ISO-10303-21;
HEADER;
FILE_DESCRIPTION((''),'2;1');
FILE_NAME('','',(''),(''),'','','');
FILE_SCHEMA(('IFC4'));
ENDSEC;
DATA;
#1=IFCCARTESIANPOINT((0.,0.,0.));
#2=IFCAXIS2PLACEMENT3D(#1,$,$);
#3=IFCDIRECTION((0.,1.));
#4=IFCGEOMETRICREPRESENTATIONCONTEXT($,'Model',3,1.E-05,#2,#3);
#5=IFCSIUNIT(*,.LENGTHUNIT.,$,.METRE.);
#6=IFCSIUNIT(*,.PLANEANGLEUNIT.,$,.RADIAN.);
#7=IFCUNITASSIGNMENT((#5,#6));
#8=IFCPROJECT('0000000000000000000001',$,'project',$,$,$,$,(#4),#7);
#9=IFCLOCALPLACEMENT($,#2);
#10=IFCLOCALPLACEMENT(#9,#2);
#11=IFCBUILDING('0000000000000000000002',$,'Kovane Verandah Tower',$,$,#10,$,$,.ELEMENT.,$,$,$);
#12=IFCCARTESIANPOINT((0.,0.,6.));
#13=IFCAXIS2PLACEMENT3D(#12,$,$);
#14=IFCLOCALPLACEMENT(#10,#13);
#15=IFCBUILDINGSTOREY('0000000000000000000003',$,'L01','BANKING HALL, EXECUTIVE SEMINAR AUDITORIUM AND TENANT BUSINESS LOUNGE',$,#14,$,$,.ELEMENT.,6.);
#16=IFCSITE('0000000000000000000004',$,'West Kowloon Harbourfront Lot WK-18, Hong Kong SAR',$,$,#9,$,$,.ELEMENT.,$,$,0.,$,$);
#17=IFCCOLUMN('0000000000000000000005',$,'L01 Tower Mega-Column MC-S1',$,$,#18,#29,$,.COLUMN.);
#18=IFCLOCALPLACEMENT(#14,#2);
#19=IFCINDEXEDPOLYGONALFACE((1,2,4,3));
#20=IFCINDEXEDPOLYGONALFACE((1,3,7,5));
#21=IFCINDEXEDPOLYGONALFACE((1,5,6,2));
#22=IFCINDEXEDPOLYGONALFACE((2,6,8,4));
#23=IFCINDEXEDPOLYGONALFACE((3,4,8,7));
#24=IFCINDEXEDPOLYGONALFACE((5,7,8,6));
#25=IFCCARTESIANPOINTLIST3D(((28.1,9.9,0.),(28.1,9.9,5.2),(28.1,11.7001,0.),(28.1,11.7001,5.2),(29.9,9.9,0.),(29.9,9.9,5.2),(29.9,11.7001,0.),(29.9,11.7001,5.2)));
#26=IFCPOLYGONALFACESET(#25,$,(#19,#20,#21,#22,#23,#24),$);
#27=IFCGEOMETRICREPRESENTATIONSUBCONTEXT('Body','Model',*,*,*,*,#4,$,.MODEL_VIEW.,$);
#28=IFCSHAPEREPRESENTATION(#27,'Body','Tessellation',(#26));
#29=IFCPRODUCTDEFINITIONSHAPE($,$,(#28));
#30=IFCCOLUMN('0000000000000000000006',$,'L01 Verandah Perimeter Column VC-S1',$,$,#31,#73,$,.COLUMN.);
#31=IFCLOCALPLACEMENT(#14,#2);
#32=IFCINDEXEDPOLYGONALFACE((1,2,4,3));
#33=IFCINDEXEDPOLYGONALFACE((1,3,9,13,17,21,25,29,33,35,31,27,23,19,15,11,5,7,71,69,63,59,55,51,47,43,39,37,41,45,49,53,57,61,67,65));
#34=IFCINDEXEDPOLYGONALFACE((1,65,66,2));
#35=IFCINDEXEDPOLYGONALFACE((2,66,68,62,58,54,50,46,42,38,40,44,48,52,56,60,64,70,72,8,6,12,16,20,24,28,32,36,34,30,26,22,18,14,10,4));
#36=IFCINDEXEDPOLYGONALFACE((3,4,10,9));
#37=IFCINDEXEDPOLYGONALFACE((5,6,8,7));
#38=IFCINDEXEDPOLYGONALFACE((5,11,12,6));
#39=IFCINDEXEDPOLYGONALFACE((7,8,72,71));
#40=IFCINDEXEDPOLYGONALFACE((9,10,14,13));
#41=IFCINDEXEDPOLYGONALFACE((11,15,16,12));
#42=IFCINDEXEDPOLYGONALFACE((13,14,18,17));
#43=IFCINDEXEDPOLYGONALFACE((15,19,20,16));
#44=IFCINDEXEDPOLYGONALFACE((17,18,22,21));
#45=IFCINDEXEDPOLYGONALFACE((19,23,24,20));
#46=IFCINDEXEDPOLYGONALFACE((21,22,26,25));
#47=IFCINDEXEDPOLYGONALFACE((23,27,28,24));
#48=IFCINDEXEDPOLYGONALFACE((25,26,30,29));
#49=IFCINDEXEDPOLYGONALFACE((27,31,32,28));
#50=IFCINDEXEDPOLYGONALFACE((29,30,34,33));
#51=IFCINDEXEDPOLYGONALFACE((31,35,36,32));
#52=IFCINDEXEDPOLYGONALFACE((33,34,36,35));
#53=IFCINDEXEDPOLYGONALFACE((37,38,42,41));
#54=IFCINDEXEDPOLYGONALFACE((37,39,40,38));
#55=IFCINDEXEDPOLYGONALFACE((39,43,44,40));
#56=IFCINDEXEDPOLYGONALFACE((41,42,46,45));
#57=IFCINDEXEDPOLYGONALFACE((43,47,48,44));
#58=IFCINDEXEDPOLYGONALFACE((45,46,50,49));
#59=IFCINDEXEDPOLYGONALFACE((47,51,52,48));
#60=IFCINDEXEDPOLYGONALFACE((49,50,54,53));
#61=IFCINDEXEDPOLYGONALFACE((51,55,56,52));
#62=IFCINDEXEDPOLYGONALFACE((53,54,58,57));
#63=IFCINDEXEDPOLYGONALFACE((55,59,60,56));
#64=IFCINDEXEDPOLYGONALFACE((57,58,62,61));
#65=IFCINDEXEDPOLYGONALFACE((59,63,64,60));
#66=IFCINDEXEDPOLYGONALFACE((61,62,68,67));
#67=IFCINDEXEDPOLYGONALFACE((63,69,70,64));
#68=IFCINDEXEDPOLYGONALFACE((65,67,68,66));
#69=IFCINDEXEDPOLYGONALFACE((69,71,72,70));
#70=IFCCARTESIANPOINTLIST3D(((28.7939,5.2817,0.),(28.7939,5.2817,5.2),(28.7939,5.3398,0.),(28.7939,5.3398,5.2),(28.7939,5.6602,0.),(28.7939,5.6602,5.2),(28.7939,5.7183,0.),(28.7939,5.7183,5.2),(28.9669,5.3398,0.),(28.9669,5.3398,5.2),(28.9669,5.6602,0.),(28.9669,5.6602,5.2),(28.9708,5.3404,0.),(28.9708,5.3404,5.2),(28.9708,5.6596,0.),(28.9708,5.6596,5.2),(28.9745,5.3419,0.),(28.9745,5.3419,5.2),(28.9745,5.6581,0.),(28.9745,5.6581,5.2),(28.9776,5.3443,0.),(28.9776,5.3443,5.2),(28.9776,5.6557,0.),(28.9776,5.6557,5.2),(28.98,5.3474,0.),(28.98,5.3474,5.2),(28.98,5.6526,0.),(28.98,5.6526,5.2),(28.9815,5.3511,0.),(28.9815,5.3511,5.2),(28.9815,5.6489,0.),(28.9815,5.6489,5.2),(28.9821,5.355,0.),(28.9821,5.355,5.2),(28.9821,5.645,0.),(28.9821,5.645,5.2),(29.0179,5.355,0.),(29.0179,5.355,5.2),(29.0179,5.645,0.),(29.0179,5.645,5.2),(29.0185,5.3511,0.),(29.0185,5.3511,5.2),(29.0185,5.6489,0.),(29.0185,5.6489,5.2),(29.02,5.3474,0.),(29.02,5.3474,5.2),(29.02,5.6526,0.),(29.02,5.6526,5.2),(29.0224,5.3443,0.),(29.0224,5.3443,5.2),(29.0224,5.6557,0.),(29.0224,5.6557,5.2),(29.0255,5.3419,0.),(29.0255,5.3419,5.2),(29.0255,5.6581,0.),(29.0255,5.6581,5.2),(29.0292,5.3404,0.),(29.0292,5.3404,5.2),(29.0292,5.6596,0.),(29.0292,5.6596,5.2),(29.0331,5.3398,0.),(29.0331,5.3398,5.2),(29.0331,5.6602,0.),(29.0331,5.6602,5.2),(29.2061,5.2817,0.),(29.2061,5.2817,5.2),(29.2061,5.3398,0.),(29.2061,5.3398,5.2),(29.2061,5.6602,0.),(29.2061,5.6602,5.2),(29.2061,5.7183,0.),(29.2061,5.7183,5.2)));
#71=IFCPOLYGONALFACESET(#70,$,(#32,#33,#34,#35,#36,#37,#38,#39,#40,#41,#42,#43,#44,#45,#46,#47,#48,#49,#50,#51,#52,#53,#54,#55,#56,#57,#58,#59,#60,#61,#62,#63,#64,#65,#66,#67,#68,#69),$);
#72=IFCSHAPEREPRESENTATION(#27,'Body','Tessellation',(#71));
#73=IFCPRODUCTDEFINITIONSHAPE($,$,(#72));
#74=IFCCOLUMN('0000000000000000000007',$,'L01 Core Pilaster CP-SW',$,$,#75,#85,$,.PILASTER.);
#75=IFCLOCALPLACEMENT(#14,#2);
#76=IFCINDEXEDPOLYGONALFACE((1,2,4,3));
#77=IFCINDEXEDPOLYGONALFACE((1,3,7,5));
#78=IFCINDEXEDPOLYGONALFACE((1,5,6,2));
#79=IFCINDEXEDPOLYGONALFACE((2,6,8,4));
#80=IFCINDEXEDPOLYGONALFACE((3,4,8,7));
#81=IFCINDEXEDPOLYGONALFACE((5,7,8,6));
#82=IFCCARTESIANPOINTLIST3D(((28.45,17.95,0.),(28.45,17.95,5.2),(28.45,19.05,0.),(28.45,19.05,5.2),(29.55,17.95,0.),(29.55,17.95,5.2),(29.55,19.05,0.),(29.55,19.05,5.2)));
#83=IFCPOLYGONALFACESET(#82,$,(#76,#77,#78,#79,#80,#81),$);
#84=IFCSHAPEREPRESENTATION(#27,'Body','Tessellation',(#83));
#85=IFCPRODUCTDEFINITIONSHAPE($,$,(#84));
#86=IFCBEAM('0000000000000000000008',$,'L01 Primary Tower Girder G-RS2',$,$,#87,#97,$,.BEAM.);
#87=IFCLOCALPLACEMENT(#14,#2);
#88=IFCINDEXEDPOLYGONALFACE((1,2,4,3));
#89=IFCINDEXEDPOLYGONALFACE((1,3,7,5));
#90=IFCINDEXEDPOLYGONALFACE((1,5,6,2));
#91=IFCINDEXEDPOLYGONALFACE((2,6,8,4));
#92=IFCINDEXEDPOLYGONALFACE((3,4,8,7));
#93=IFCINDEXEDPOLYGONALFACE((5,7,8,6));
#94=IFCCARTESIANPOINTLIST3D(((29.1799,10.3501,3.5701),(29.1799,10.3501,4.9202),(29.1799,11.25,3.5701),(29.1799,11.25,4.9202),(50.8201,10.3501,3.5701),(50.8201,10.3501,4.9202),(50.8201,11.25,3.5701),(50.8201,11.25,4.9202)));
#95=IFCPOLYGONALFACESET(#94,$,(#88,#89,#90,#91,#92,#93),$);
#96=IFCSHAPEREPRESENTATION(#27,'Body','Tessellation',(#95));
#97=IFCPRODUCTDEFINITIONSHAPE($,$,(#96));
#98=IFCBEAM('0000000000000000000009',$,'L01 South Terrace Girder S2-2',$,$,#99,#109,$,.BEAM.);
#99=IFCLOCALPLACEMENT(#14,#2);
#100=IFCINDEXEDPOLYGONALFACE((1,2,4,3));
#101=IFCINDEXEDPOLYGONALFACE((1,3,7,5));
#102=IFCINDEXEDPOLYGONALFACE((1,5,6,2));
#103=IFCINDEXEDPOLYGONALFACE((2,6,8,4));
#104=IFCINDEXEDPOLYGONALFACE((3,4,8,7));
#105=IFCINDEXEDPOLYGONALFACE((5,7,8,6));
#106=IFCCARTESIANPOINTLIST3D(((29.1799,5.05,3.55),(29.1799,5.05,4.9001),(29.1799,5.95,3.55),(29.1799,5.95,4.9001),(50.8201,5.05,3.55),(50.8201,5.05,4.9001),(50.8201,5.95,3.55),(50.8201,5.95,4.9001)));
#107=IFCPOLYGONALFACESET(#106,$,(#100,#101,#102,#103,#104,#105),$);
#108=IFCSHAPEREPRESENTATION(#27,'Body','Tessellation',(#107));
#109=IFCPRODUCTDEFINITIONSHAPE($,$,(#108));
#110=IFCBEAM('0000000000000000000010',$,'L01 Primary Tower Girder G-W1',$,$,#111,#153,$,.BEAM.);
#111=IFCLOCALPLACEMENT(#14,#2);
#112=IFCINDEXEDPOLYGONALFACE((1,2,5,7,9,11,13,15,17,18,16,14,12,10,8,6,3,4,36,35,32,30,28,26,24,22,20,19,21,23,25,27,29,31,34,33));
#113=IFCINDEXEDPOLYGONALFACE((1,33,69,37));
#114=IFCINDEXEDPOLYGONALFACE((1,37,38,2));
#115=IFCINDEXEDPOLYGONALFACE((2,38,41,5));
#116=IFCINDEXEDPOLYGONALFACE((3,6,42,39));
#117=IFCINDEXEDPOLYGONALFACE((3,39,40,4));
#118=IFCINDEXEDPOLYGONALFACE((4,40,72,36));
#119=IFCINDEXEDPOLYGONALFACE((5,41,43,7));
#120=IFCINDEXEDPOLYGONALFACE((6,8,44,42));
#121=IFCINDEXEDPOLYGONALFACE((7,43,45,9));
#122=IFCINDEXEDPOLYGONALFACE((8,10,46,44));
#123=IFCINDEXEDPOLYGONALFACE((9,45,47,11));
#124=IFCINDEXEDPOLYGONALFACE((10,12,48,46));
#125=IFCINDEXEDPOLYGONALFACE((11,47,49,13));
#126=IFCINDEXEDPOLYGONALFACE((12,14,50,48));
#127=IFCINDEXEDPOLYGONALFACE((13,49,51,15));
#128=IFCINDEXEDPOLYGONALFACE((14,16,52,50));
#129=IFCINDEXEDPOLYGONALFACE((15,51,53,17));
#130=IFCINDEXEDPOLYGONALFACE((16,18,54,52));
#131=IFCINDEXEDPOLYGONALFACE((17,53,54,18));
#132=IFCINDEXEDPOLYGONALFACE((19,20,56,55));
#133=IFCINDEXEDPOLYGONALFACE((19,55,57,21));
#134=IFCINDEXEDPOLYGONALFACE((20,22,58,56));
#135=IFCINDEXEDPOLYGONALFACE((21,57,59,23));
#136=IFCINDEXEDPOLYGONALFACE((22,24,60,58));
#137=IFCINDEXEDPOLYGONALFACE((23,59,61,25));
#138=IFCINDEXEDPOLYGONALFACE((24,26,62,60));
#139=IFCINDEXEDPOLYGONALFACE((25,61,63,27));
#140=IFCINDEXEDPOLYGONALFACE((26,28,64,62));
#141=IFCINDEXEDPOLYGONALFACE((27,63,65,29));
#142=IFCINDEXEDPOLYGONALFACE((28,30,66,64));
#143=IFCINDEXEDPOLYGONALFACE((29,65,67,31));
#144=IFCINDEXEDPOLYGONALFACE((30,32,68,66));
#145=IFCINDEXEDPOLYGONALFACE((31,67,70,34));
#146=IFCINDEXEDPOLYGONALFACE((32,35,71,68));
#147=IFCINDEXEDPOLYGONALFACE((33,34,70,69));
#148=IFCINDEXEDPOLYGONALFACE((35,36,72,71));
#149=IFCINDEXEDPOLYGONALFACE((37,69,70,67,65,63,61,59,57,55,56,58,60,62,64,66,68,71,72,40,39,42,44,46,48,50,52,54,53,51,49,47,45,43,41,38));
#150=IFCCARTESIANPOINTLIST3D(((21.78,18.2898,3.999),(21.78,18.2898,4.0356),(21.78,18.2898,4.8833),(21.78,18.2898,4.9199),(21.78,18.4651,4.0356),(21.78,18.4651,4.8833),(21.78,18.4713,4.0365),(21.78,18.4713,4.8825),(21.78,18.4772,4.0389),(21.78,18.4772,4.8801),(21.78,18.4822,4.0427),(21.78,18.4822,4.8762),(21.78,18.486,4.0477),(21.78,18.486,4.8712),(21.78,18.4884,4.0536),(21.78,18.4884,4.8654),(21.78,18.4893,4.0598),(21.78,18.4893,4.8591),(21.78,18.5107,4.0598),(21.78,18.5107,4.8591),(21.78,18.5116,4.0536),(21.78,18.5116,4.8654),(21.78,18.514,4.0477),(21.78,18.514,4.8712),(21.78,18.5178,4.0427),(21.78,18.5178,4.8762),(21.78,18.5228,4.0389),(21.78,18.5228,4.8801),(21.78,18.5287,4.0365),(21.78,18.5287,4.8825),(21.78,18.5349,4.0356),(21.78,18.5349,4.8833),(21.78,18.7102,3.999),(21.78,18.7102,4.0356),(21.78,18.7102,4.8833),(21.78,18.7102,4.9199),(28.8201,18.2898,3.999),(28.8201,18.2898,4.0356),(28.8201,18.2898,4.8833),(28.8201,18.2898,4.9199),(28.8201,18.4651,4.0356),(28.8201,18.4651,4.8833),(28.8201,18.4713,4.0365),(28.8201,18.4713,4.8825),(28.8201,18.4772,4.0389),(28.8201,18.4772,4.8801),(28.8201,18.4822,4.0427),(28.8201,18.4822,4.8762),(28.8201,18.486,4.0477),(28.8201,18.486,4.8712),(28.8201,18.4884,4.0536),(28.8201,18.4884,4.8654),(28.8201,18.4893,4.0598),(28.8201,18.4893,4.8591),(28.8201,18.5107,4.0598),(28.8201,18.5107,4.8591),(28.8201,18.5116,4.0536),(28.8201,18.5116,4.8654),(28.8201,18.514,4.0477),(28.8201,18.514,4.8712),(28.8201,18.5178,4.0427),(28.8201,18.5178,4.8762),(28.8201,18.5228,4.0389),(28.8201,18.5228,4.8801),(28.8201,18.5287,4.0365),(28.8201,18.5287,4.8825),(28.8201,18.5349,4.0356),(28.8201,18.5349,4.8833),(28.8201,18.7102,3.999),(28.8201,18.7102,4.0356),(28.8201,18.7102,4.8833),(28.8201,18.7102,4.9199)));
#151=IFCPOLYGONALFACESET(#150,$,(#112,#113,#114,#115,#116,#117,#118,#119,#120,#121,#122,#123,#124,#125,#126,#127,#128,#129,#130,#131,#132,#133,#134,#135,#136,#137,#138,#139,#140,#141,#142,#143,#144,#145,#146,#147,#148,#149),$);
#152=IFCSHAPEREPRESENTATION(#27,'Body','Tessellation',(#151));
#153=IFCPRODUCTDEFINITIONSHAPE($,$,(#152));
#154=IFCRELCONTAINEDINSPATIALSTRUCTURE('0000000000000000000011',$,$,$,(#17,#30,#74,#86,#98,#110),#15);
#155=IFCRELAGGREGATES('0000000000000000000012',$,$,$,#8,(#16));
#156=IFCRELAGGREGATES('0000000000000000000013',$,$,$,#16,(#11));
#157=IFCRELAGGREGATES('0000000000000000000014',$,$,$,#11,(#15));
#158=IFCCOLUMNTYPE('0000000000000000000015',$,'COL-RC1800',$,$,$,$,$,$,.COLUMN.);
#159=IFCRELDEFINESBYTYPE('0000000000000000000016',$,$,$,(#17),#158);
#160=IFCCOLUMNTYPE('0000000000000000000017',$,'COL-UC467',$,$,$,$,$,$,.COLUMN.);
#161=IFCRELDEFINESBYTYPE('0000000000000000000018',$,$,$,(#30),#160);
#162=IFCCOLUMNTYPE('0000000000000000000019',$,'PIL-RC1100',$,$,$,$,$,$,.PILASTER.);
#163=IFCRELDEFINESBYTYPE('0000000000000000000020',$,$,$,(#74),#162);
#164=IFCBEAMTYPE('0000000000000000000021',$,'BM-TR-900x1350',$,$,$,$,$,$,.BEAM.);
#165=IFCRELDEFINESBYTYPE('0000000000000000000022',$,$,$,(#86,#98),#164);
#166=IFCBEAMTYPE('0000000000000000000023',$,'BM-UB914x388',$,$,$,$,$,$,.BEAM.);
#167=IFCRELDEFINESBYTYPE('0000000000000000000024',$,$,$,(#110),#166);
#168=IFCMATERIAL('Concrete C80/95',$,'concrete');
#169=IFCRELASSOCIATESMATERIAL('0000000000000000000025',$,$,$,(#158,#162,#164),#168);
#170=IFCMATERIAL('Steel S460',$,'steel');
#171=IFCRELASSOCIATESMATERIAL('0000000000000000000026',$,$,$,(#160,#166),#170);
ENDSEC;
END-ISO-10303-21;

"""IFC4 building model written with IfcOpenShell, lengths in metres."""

from ifc_helpers import new_model, si_unit, direction, frame, origin, origin_2d, place, context, subcontext, project, spatial, rectangle, i_section, extrude, material, material_profile, profile_set, type_object, element, save


model = new_model("IFC4")

# Units and contexts
model_context = context("Model", 3, precision=1e-05, world=origin(), true_north=direction((0.0, 1.0)))
body_context = subcontext(model_context, "Body", "Model", "MODEL_VIEW")
ifc_project = project(units=[si_unit("LENGTHUNIT", "METRE"), si_unit("PLANEANGLEUNIT", "RADIAN")], contexts=[model_context])

# Site, building, storey
site_placement = place(None, origin())
site = spatial("IfcSite", under=ifc_project, at=site_placement, Name="West Kowloon Harbourfront Lot WK-18, Hong Kong SAR", CompositionType="ELEMENT", RefElevation=0.0)
building_placement = place(site_placement, origin())
building = spatial("IfcBuilding", under=site, at=building_placement, Name="Kovane Verandah Tower", CompositionType="ELEMENT")
storey_placement = place(building_placement, frame((0.0, 0.0, 6.0)))
storey = spatial("IfcBuildingStorey", under=building, at=storey_placement, Name="L01", Description="BANKING HALL, EXECUTIVE SEMINAR AUDITORIUM AND TENANT BUSINESS LOUNGE", CompositionType="ELEMENT", Elevation=6.0)

# Columns
ifc_material_1 = material(Name="Concrete C80/95", Category="concrete")
ifc_material_profile_1 = material_profile(ifc_material_1, rectangle(XDim=1.8, YDim=1.8, at=origin_2d()), Name="RC1800x1800")
ifc_profile_set_1 = profile_set([ifc_material_profile_1], Name="Concrete C80/95")
column_type_1 = type_object("IfcColumnType", Name="COL-RC1800", PredefinedType="COLUMN", material=ifc_profile_set_1)
column_1_placement = place(storey_placement, frame((29.0, 10.8, 0.0), z_axis=(0.0, 0.0, 1.0), x_axis=(1.0, 0.0, 0.0)))
element("IfcColumn", 1, at=column_1_placement, inside=storey, type_object=column_type_1, Name="L01 Tower Mega-Column MC-S1", PredefinedType="COLUMN", context=body_context, shape_type="SweptSolid", body=[
    extrude(rectangle(XDim=1.8, YDim=1.8, at=origin_2d()), origin(), (0.0, 0.0, 1.0), 5.2),
])
ifc_material_2 = material(Name="Steel S460", Category="steel")
ifc_material_profile_2 = material_profile(ifc_material_2, i_section(OverallWidth=0.4121, OverallDepth=0.4365, WebThickness=0.0359, FlangeThickness=0.0581, FilletRadius=0.0151, at=origin_2d()), Name="UC356x406x467")
ifc_profile_set_2 = profile_set([ifc_material_profile_2], Name="Steel S460")
column_type_2 = type_object("IfcColumnType", Name="COL-UC467", PredefinedType="COLUMN", material=ifc_profile_set_2)
column_2_placement = place(storey_placement, frame((29.0, 5.5, 0.0), z_axis=(0.0, 0.0, 1.0), x_axis=(1.0, 0.0, 0.0)))
element("IfcColumn", 2, at=column_2_placement, inside=storey, type_object=column_type_2, Name="L01 Verandah Perimeter Column VC-S1", PredefinedType="COLUMN", context=body_context, shape_type="SweptSolid", body=[
    extrude(i_section(OverallWidth=0.4121, OverallDepth=0.4365, WebThickness=0.0359, FlangeThickness=0.0581, FilletRadius=0.0151, at=origin_2d()), origin(), (0.0, 0.0, 1.0), 5.2),
])
ifc_material_profile_3 = material_profile(ifc_material_1, rectangle(XDim=1.1001, YDim=1.1001, at=origin_2d()), Name="RC1100x1100")
ifc_profile_set_3 = profile_set([ifc_material_profile_3], Name="Concrete C80/95")
column_type_3 = type_object("IfcColumnType", Name="PIL-RC1100", PredefinedType="PILASTER", material=ifc_profile_set_3)
column_3_placement = place(storey_placement, frame((29.0, 18.5, 0.0), z_axis=(0.0, 0.0, 1.0), x_axis=(1.0, 0.0, 0.0)))
element("IfcColumn", 3, at=column_3_placement, inside=storey, type_object=column_type_3, Name="L01 Core Pilaster CP-SW", PredefinedType="PILASTER", context=body_context, shape_type="SweptSolid", body=[
    extrude(rectangle(XDim=1.1001, YDim=1.1001, at=origin_2d()), origin(), (0.0, 0.0, 1.0), 5.2),
])

# Beams
ifc_material_profile_4 = material_profile(ifc_material_1, rectangle(XDim=0.8999, YDim=1.3501, at=origin_2d()), Name="RCB900x1350")
ifc_profile_set_4 = profile_set([ifc_material_profile_4], Name="Concrete C80/95")
beam_type_1 = type_object("IfcBeamType", Name="BM-TR-900x1350", PredefinedType="BEAM", material=ifc_profile_set_4)
for number, where, z_axis, x_axis, name in (
    (4, (29.1799, 10.8, 4.2451), (1.0, 0.0, 0.0), (0.0, 1.0, 0.0), "L01 Primary Tower Girder G-RS2"),
    (5, (29.1799, 5.5, 4.2251), (1.0, 0.0, 0.0), (0.0, 1.0, 0.0), "L01 South Terrace Girder S2-2"),
):
    element("IfcBeam", number, at=place(storey_placement, frame(where, z_axis=z_axis, x_axis=x_axis)), inside=storey, type_object=beam_type_1, Name=name, PredefinedType="BEAM", context=body_context, shape_type="SweptSolid", body=[
        extrude(rectangle(XDim=0.8999, YDim=1.3501, at=origin_2d()), origin(), (0.0, 0.0, 1.0), 21.6401),
    ])
ifc_material_profile_5 = material_profile(ifc_material_2, i_section(OverallWidth=0.4204, OverallDepth=0.9209, WebThickness=0.0215, FlangeThickness=0.0366, FilletRadius=0.0242, at=origin_2d()), Name="UB914x419x388")
ifc_profile_set_5 = profile_set([ifc_material_profile_5], Name="Steel S460")
beam_type_2 = type_object("IfcBeamType", Name="BM-UB914x388", PredefinedType="BEAM", material=ifc_profile_set_5)
beam_1_placement = place(storey_placement, frame((28.8201, 18.5, 4.4595), z_axis=(-1.0, 0.0, 0.0), x_axis=(0.0, -1.0, 0.0)))
element("IfcBeam", 6, at=beam_1_placement, inside=storey, type_object=beam_type_2, Name="L01 Primary Tower Girder G-W1", PredefinedType="BEAM", context=body_context, shape_type="SweptSolid", body=[
    extrude(i_section(OverallWidth=0.4204, OverallDepth=0.9209, WebThickness=0.0215, FlangeThickness=0.0366, FilletRadius=0.0242, at=origin_2d()), origin(), (0.0, 0.0, 1.0), 7.04),
])

save(model, "model.ifc")
